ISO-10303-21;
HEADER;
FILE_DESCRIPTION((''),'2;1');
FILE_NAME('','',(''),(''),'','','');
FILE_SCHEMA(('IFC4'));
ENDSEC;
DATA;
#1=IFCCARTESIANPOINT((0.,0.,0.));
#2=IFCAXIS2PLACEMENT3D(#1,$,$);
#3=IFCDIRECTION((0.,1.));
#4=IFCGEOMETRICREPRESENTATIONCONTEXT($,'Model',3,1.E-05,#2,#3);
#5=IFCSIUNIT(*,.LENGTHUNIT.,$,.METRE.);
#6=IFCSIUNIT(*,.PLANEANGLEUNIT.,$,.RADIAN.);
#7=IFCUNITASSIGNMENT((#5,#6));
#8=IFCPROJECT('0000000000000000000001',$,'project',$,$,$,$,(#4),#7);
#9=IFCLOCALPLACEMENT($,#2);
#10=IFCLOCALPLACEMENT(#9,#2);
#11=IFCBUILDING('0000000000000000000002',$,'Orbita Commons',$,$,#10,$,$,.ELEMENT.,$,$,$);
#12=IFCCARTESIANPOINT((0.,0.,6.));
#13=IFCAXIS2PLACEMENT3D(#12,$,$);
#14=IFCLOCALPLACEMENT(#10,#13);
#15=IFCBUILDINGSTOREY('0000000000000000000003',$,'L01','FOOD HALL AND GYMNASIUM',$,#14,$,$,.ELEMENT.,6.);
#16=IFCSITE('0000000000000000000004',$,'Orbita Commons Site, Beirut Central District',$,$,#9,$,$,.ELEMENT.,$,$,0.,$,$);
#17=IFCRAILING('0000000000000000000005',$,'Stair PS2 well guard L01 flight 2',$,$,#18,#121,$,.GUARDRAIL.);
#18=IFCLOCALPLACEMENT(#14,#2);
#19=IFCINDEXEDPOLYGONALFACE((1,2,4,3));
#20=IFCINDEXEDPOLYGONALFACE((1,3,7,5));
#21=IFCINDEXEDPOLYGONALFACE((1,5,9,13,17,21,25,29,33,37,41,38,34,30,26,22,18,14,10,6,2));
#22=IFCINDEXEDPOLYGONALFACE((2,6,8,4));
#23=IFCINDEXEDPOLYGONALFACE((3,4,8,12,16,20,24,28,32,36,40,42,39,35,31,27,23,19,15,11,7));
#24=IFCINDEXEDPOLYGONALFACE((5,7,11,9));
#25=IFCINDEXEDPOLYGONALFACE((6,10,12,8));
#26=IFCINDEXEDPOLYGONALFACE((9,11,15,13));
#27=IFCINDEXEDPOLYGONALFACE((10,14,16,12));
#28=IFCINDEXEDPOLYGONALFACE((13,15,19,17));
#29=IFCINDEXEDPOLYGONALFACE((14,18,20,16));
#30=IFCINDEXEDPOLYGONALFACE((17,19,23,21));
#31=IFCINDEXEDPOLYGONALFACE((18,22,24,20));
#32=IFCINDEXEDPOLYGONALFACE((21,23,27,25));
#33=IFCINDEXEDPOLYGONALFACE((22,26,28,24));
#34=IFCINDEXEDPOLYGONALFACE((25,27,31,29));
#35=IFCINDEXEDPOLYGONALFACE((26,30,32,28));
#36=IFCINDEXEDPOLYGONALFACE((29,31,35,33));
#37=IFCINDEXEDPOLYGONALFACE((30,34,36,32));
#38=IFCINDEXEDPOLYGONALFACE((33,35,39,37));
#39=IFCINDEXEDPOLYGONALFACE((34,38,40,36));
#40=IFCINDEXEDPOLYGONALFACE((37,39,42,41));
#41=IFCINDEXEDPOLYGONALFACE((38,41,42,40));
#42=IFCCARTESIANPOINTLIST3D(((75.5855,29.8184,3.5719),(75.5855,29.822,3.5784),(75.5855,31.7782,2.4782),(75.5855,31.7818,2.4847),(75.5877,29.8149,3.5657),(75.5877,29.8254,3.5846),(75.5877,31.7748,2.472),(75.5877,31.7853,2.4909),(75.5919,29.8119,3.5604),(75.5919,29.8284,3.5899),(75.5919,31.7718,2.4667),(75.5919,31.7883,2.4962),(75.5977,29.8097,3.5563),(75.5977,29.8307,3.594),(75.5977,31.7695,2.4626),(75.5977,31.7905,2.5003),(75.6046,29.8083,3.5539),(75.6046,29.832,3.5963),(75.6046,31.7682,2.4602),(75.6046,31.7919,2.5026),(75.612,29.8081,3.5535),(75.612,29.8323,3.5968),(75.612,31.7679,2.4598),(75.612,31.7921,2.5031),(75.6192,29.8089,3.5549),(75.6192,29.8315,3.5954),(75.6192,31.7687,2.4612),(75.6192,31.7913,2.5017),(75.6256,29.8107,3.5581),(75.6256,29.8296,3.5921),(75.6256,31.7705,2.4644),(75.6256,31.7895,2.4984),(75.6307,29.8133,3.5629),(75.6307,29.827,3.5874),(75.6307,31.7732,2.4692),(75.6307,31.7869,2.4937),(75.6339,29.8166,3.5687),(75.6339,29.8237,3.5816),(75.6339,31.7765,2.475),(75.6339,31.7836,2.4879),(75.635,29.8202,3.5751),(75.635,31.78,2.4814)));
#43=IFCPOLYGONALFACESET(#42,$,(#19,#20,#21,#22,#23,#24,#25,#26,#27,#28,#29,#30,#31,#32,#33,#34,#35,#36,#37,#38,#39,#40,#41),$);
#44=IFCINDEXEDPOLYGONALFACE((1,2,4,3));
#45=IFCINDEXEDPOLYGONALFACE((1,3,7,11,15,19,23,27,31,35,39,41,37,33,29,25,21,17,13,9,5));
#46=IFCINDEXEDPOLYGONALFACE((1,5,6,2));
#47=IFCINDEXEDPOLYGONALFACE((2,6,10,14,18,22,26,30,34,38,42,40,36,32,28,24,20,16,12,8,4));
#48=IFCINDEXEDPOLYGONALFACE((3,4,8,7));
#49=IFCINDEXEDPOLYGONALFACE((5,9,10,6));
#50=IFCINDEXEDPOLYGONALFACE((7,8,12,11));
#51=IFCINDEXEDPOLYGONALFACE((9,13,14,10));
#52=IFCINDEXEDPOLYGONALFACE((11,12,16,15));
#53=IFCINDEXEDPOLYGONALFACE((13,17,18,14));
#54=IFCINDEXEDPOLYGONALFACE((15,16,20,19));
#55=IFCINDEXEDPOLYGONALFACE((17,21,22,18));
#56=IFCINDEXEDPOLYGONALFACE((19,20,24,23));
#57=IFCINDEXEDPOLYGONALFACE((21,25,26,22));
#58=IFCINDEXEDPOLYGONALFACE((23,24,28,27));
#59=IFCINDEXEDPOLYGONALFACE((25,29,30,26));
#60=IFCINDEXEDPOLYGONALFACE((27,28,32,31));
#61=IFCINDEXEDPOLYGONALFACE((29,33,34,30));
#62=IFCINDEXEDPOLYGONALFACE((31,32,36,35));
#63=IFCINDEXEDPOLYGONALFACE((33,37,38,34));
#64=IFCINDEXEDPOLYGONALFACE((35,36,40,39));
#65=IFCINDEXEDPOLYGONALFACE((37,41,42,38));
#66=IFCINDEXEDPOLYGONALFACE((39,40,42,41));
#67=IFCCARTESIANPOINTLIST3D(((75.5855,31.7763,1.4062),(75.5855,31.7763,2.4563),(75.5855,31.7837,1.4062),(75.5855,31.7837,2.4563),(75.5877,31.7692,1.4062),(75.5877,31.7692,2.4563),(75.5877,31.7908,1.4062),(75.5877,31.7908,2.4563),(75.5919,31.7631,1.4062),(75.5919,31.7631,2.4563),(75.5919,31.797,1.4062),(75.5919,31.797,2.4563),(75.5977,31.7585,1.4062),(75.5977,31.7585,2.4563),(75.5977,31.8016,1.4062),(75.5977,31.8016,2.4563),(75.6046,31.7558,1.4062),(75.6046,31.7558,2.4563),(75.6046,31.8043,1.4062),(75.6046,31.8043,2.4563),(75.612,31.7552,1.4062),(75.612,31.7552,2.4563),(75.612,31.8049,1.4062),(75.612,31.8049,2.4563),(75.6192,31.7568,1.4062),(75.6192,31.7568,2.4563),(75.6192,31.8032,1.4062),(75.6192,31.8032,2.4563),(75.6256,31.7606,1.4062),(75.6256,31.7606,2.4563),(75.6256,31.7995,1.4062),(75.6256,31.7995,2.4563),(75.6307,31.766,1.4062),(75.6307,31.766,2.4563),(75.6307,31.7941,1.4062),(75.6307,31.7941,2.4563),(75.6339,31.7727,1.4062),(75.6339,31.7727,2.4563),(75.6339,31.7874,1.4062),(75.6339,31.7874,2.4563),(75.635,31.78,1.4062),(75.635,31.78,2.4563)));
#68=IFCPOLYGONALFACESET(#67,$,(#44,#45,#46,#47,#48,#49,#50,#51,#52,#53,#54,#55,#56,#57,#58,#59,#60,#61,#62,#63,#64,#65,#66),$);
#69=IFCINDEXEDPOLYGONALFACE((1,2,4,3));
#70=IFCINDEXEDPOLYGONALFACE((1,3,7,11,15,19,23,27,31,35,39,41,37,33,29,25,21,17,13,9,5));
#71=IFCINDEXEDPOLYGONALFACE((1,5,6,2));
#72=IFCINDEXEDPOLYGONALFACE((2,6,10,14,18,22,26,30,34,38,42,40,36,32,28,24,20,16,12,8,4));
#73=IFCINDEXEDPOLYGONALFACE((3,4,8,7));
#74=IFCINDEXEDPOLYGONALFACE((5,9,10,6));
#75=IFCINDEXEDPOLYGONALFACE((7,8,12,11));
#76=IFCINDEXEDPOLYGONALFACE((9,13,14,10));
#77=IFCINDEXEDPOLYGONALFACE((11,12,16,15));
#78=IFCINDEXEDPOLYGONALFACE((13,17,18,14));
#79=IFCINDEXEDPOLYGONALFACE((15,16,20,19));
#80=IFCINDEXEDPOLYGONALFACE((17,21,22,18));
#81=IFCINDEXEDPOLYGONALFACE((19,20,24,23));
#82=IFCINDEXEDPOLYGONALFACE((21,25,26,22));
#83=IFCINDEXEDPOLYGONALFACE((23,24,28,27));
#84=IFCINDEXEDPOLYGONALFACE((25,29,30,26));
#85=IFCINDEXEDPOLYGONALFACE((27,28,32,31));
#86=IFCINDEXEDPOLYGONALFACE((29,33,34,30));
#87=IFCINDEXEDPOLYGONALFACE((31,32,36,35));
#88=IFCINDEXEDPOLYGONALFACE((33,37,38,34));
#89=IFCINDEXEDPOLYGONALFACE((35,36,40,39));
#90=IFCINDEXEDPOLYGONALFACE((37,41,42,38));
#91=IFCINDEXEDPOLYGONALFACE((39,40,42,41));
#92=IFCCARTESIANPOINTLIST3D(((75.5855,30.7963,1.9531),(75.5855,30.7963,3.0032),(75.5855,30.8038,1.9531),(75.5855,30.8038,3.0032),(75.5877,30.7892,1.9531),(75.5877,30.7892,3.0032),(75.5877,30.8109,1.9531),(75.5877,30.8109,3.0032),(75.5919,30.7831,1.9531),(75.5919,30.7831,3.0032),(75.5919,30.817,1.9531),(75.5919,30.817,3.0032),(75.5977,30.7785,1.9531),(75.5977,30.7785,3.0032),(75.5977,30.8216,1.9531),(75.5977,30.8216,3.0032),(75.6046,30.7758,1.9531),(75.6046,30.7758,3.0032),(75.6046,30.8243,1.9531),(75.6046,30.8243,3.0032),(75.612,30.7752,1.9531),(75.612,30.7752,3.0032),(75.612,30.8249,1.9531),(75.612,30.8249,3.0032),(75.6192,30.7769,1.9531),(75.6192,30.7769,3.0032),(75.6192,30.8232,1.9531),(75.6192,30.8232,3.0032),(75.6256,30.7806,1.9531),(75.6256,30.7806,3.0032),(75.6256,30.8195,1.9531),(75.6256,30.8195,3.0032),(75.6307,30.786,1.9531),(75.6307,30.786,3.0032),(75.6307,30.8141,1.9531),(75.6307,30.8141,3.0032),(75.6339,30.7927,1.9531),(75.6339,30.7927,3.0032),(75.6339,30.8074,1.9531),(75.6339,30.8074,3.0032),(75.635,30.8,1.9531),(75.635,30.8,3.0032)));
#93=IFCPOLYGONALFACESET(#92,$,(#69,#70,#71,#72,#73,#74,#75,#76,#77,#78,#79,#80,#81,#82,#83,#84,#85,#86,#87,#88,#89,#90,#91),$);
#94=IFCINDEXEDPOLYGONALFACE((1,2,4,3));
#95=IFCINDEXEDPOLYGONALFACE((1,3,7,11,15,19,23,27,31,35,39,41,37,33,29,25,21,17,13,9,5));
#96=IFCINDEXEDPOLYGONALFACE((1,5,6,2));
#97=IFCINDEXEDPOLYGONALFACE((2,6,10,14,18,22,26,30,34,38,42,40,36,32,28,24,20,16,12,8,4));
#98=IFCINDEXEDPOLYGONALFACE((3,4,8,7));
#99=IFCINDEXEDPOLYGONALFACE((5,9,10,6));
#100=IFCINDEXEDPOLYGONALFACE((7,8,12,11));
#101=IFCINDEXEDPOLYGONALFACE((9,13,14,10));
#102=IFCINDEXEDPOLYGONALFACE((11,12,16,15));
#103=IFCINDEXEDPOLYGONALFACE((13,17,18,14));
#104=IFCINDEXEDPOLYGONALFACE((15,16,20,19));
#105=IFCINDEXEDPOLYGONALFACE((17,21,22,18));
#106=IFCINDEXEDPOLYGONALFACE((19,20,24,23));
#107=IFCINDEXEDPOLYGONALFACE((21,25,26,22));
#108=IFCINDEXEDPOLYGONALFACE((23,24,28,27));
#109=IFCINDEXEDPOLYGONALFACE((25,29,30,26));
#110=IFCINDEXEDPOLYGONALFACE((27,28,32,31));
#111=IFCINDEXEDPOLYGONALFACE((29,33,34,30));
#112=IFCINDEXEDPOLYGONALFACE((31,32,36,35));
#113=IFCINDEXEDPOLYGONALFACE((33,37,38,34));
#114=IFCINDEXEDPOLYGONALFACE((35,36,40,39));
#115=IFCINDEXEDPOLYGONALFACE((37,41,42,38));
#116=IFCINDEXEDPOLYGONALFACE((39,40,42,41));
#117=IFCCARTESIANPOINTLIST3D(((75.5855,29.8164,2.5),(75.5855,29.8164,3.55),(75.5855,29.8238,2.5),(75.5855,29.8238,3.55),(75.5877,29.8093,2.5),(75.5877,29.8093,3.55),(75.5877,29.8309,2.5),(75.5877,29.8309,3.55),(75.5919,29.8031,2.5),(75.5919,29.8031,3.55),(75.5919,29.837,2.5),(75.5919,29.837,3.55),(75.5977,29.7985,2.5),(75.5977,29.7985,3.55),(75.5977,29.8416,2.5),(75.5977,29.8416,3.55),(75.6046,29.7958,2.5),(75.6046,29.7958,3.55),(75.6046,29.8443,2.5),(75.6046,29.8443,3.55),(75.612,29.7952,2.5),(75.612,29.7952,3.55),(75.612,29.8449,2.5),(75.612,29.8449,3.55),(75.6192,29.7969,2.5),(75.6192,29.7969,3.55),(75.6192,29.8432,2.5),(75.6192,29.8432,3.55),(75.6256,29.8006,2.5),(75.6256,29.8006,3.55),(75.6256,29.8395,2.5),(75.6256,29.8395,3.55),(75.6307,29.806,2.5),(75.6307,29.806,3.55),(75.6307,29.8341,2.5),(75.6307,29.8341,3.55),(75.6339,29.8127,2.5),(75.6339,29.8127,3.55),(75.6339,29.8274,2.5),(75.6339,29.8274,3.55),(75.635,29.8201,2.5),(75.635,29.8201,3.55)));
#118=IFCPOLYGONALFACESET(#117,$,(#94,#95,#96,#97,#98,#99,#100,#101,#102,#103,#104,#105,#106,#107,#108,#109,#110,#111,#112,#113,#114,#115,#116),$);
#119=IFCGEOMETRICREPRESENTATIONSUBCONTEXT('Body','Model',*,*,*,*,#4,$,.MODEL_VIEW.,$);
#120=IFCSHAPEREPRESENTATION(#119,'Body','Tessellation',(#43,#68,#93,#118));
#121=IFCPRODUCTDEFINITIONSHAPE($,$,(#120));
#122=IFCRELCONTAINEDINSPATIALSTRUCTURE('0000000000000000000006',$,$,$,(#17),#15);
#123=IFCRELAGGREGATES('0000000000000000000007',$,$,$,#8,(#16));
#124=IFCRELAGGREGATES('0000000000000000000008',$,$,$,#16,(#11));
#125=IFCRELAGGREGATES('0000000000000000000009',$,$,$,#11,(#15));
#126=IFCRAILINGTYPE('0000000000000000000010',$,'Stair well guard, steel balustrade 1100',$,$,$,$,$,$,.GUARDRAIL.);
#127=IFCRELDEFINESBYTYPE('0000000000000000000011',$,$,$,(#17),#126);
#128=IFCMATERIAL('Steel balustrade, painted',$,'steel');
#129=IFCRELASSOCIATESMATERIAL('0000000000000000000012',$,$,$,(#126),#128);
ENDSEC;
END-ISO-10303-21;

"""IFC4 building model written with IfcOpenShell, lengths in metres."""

from ifc_helpers import new_model, si_unit, direction, frame, origin, origin_2d, place, context, subcontext, project, spatial, circle, extrude, material, type_object, element, save


model = new_model("IFC4")

# Units and contexts
model_context = context("Model", 3, precision=1e-05, world=origin(), true_north=direction((0.0, 1.0)))
body_context = subcontext(model_context, "Body", "Model", "MODEL_VIEW")
ifc_project = project(units=[si_unit("LENGTHUNIT", "METRE"), si_unit("PLANEANGLEUNIT", "RADIAN")], contexts=[model_context])

# Site, building, storey
site_placement = place(None, origin())
site = spatial("IfcSite", under=ifc_project, at=site_placement, Name="Orbita Commons Site, Beirut Central District", CompositionType="ELEMENT", RefElevation=0.0)
building_placement = place(site_placement, origin())
building = spatial("IfcBuilding", under=site, at=building_placement, Name="Orbita Commons", CompositionType="ELEMENT")
storey_placement = place(building_placement, frame((0.0, 0.0, 6.0)))
storey = spatial("IfcBuildingStorey", under=building, at=storey_placement, Name="L01", Description="FOOD HALL AND GYMNASIUM", CompositionType="ELEMENT", Elevation=6.0)

# Railing
ifc_material_1 = material(Name="Steel balustrade, painted", Category="steel")
railing_type_1 = type_object("IfcRailingType", Name="Stair well guard, steel balustrade 1100", PredefinedType="GUARDRAIL", material=ifc_material_1)
railing_1_placement = place(storey_placement, frame((75.6101, 31.78, 1.4062)))
element("IfcRailing", 1, at=railing_1_placement, inside=storey, type_object=railing_type_1, Name="Stair PS2 well guard L01 flight 2", PredefinedType="GUARDRAIL", context=body_context, shape_type="SweptSolid", body=[
    extrude(circle(Radius=0.0249, at=origin_2d()), frame((0.0, 0.0, 1.0752), z_axis=(0.0, -0.873232, 0.487304), x_axis=(1.0, 0.0, 0.0)), (0.0, 0.0, 1.0), 2.2444),
    extrude(circle(Radius=0.0249, at=origin_2d()), origin(), (0.0, 0.0, 1.0), 1.05),
    extrude(circle(Radius=0.0249, at=origin_2d()), frame((0.0, -0.98, 0.5469)), (0.0, 0.0, 1.0), 1.05),
    extrude(circle(Radius=0.0249, at=origin_2d()), frame((0.0, -1.96, 1.0938)), (0.0, 0.0, 1.0), 1.05),
])

save(model, "model.ifc")
